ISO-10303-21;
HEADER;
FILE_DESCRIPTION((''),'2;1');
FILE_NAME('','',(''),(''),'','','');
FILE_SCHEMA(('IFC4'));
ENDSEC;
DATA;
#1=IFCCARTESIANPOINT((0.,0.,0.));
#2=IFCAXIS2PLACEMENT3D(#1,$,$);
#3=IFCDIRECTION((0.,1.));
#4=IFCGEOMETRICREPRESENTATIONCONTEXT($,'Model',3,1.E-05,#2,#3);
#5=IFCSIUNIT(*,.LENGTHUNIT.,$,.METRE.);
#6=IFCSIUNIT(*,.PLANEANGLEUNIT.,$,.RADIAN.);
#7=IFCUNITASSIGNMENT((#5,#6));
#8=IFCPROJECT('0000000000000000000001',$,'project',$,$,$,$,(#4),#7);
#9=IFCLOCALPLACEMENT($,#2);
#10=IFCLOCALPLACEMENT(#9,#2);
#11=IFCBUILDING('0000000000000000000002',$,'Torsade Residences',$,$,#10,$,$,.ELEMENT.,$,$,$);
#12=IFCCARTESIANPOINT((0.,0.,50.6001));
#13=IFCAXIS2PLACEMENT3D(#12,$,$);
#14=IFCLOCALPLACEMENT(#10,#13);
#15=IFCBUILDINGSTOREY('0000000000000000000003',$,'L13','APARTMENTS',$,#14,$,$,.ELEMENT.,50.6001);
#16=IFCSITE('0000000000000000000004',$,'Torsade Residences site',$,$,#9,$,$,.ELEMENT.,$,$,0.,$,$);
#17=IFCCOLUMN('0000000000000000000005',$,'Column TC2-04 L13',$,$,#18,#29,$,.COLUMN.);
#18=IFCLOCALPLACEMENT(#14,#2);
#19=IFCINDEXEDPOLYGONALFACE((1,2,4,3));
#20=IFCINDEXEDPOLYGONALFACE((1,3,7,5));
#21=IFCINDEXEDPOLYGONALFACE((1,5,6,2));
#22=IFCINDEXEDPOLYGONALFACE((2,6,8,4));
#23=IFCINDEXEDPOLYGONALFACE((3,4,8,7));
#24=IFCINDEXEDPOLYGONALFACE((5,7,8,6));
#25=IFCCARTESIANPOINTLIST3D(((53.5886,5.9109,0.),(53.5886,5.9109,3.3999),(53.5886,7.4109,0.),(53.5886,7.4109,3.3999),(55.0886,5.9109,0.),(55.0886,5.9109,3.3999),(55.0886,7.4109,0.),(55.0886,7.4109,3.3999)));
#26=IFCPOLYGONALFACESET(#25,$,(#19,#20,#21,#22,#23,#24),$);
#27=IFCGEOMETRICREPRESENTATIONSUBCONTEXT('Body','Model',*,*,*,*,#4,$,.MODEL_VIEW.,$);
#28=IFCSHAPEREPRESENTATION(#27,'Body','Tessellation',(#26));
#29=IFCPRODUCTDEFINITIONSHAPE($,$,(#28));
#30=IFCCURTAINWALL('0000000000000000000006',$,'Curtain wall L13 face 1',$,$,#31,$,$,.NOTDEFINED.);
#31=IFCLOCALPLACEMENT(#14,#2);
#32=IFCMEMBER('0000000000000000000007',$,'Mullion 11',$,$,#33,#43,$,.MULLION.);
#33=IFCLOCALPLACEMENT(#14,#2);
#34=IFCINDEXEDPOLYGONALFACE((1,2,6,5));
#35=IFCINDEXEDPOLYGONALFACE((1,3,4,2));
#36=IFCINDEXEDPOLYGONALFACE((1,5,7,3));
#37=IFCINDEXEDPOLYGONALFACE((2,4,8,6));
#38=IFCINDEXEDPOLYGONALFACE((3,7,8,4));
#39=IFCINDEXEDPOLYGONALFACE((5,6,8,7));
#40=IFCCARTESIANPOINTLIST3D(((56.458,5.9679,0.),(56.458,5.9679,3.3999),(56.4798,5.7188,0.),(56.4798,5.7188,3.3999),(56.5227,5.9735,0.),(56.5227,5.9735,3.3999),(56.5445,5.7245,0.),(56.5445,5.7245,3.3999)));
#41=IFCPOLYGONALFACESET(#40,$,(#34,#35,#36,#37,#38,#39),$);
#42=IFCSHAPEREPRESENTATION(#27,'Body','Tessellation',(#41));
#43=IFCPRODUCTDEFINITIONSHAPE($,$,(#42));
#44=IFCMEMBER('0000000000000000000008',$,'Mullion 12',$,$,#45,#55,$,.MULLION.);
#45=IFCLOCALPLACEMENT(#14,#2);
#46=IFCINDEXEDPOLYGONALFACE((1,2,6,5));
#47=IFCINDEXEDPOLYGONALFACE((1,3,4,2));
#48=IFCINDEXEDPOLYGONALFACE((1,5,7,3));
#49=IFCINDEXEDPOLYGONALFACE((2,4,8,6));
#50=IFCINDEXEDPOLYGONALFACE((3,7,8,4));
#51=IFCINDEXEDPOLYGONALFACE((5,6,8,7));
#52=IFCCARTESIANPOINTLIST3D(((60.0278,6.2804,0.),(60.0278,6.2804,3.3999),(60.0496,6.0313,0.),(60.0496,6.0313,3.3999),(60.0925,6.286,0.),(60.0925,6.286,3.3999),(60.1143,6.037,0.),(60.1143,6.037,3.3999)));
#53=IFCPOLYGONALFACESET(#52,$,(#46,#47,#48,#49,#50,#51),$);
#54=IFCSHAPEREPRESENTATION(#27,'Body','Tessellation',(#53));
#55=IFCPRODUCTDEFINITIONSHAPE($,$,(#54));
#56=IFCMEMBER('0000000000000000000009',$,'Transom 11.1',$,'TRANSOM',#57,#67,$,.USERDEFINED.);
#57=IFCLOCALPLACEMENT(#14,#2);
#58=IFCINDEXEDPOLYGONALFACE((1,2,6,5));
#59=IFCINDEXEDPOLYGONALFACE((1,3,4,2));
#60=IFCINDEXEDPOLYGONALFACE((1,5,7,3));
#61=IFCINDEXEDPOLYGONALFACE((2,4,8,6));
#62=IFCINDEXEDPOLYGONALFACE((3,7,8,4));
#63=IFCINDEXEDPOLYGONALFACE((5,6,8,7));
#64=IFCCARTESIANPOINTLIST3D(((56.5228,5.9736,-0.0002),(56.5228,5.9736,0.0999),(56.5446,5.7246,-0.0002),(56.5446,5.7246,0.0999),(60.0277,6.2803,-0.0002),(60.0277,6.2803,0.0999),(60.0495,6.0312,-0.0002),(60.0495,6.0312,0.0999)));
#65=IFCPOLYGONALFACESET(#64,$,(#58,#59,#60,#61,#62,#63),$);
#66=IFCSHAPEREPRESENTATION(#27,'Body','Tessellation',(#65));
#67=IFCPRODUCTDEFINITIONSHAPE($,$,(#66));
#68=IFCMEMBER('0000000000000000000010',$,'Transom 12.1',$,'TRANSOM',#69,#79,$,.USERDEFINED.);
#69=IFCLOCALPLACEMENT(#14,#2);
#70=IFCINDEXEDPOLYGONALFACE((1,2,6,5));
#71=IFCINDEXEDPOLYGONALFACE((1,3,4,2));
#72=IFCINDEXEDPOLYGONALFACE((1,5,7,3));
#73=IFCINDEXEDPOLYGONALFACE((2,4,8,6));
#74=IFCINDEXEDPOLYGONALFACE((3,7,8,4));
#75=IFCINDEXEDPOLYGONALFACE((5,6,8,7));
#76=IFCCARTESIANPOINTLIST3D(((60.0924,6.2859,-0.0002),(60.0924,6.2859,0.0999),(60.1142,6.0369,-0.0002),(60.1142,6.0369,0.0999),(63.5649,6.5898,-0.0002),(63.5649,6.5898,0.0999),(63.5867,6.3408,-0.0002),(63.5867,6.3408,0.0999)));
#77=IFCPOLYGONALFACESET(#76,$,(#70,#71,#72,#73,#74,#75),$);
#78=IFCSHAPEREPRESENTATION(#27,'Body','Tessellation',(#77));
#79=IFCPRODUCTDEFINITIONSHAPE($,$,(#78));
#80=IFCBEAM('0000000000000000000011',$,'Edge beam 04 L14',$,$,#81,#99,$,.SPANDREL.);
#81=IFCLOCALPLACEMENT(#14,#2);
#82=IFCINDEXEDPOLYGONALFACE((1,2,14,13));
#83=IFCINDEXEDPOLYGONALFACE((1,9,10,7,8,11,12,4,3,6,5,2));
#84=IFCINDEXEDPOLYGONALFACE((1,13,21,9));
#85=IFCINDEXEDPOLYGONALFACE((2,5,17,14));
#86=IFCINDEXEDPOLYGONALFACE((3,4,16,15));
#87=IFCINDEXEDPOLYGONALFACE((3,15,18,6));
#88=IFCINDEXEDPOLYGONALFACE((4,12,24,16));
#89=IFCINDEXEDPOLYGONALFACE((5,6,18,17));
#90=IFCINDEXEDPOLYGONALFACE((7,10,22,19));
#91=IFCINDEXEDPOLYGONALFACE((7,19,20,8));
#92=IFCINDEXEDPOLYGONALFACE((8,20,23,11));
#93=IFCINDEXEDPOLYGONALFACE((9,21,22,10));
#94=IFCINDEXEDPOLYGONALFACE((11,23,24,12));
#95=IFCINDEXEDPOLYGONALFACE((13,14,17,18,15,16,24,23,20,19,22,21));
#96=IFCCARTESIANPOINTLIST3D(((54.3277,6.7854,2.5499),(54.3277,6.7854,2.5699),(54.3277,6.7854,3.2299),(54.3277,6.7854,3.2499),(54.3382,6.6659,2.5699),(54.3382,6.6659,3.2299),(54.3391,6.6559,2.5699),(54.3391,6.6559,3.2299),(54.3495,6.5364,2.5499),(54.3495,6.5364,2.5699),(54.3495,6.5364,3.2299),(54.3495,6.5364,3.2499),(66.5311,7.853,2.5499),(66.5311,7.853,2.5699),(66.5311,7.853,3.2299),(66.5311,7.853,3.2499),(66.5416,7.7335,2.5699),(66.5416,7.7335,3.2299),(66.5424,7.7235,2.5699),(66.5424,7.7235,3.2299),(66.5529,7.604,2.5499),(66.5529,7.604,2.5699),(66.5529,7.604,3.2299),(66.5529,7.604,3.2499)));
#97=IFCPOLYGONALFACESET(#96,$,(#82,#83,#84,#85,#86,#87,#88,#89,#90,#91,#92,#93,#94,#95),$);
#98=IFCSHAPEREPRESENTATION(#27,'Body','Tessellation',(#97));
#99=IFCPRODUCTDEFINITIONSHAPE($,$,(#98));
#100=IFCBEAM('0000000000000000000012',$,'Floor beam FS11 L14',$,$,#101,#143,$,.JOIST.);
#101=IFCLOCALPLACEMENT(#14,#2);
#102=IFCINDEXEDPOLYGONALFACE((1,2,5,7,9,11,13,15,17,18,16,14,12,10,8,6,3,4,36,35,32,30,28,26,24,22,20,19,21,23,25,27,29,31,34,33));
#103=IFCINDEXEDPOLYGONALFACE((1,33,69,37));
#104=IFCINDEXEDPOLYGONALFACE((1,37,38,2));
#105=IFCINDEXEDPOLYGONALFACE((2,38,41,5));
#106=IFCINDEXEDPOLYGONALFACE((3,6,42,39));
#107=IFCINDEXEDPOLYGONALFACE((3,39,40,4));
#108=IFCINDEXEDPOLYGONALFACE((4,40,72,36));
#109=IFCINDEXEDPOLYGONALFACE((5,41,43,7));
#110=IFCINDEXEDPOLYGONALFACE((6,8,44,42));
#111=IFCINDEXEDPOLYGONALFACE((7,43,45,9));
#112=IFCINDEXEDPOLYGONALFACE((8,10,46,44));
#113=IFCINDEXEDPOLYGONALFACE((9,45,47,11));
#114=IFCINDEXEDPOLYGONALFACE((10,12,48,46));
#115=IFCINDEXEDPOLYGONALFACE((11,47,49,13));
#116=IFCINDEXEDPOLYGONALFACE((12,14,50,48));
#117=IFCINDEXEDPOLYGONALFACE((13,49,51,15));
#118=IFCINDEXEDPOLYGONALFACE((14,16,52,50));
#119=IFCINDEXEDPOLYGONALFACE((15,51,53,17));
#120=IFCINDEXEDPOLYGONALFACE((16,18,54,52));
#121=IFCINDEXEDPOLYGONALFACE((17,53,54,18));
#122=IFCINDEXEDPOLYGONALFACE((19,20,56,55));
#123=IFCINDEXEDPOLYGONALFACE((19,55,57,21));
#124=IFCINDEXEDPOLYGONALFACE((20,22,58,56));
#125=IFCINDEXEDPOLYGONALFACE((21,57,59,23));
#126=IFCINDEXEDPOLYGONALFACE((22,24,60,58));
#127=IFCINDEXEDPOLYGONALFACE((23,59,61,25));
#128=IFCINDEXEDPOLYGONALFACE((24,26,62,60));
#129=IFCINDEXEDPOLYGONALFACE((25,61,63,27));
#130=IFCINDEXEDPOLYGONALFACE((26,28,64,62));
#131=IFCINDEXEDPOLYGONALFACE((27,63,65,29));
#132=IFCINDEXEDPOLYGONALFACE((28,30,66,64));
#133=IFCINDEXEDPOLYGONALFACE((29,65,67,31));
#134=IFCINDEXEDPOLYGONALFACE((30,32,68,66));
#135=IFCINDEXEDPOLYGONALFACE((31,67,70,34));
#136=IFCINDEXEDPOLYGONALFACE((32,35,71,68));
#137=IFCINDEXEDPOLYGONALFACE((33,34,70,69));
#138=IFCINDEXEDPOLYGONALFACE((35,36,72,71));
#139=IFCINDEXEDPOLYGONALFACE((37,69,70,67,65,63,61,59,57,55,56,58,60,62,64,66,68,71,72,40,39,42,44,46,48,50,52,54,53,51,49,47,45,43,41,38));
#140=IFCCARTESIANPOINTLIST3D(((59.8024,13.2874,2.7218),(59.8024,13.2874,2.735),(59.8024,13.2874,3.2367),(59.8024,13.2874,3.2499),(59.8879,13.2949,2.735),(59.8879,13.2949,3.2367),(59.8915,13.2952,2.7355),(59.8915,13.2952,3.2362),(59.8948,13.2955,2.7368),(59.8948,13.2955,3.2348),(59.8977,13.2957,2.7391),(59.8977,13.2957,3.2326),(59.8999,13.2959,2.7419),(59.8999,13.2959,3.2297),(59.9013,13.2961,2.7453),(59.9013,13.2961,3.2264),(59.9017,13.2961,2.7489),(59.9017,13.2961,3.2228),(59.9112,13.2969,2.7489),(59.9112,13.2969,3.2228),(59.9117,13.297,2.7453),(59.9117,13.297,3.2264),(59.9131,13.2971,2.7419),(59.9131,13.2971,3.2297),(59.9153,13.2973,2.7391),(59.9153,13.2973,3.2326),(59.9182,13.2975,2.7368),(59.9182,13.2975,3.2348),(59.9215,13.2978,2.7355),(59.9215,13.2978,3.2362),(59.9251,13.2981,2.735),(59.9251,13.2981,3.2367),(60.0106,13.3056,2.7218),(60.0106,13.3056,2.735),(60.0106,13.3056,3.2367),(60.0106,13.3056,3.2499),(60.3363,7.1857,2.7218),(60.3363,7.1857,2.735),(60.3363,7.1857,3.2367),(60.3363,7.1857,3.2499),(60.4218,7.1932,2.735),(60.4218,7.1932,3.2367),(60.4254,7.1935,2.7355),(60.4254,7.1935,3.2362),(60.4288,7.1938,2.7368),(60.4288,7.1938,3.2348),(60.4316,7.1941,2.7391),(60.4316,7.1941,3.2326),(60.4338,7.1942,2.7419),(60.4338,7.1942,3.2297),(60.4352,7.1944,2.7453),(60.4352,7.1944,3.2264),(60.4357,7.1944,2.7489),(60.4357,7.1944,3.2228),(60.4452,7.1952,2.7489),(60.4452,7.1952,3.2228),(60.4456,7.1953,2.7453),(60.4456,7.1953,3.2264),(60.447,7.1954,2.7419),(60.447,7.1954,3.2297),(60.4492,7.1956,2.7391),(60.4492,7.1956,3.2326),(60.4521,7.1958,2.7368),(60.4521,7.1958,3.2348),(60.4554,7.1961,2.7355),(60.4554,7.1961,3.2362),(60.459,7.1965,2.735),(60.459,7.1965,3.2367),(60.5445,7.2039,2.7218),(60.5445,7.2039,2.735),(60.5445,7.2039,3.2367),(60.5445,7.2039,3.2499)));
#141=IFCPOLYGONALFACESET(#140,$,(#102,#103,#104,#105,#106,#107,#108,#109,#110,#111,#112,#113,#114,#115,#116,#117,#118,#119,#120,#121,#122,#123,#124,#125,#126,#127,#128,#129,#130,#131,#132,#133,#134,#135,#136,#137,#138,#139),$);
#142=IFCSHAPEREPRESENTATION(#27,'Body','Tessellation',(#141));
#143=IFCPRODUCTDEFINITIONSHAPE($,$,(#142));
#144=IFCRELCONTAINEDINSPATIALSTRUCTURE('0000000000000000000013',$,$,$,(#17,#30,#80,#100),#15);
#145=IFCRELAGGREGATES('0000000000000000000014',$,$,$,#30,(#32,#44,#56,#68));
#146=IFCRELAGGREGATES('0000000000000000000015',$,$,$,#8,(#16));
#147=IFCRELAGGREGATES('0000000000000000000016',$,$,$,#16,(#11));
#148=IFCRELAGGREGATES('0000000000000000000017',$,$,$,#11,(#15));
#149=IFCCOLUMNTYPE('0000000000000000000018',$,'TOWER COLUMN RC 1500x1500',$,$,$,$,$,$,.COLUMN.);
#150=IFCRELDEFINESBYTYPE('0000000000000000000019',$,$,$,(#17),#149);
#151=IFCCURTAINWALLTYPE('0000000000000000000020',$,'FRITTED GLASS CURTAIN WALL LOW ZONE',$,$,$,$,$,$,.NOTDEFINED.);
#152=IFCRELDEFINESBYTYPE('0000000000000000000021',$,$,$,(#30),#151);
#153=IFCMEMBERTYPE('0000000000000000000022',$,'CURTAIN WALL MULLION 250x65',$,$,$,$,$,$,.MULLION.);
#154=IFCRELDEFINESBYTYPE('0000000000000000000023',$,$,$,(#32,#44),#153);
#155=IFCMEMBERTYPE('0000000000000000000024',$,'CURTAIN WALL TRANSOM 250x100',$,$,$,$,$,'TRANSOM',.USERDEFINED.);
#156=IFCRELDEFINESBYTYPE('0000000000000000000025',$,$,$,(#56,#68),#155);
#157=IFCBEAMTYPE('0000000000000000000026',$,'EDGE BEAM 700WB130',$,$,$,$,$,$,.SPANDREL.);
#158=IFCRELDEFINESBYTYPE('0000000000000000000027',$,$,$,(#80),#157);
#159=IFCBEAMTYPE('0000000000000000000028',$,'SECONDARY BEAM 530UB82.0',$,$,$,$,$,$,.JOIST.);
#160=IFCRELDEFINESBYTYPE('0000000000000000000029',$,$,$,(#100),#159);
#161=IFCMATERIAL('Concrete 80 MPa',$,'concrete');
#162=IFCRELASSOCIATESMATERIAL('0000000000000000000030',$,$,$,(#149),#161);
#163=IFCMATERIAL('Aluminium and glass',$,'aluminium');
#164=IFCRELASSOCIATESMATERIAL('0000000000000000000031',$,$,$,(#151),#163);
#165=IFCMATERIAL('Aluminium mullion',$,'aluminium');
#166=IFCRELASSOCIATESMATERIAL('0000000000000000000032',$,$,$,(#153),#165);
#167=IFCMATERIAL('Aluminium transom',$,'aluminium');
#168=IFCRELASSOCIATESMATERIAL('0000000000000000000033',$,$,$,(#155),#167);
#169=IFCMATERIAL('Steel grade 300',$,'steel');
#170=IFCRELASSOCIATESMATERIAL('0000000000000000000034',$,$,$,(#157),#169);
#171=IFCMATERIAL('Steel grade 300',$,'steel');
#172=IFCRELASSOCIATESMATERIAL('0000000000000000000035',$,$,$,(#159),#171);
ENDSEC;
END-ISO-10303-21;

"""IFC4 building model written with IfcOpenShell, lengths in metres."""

from ifc_helpers import new_model, si_unit, direction, frame, origin, origin_2d, place, context, subcontext, project, spatial, rectangle, i_section, extrude, material, material_profile, profile_set, type_object, element, aggregate, save


model = new_model("IFC4")

# Units and contexts
model_context = context("Model", 3, precision=1e-05, world=origin(), true_north=direction((0.0, 1.0)))
body_context = subcontext(model_context, "Body", "Model", "MODEL_VIEW")
ifc_project = project(units=[si_unit("LENGTHUNIT", "METRE"), si_unit("PLANEANGLEUNIT", "RADIAN")], contexts=[model_context])

# Site, building, storey
site_placement = place(None, origin())
site = spatial("IfcSite", under=ifc_project, at=site_placement, Name="Torsade Residences site", CompositionType="ELEMENT", RefElevation=0.0)
building_placement = place(site_placement, origin())
building = spatial("IfcBuilding", under=site, at=building_placement, Name="Torsade Residences", CompositionType="ELEMENT")
storey_placement = place(building_placement, frame((0.0, 0.0, 50.6001)))
storey = spatial("IfcBuildingStorey", under=building, at=storey_placement, Name="L13", Description="APARTMENTS", CompositionType="ELEMENT", Elevation=50.6001)

# Column
ifc_material_1 = material(Name="Concrete 80 MPa", Category="concrete")
ifc_material_profile_1 = material_profile(ifc_material_1, rectangle(XDim=1.5, YDim=1.5, at=origin_2d()), Name="RC 1500x1500")
ifc_profile_set_1 = profile_set([ifc_material_profile_1], Name="Concrete 80 MPa")
column_type = type_object("IfcColumnType", Name="TOWER COLUMN RC 1500x1500", PredefinedType="COLUMN", material=ifc_profile_set_1)
column_placement = place(storey_placement, frame((54.3386, 6.6609, 0.0), z_axis=(0.0, 0.0, 1.0), x_axis=(1.0, 0.0, 0.0)))
element("IfcColumn", 1, at=column_placement, inside=storey, type_object=column_type, Name="Column TC2-04 L13", PredefinedType="COLUMN", context=body_context, shape_type="SweptSolid", body=[
    extrude(rectangle(XDim=1.5, YDim=1.5, at=origin_2d()), origin(), (0.0, 0.0, 1.0), 3.3999),
])

# Curtain wall, members
ifc_material_2 = material(Name="Aluminium and glass", Category="aluminium")
curtain_wall_type = type_object("IfcCurtainWallType", Name="FRITTED GLASS CURTAIN WALL LOW ZONE", PredefinedType="NOTDEFINED", material=ifc_material_2)
curtain_wall_placement = place(storey_placement, origin())
curtain_wall = element("IfcCurtainWall", 2, at=curtain_wall_placement, inside=storey, type_object=curtain_wall_type, Name="Curtain wall L13 face 1", PredefinedType="NOTDEFINED")
ifc_material_3 = material(Name="Aluminium mullion", Category="aluminium")
ifc_material_profile_2 = material_profile(ifc_material_3, rectangle(XDim=0.25, YDim=0.0649, at=origin_2d()), Name="CURTAIN WALL MULLION 250x65")
ifc_profile_set_2 = profile_set([ifc_material_profile_2], Name="Aluminium mullion")
member_type_1 = type_object("IfcMemberType", Name="CURTAIN WALL MULLION 250x65", PredefinedType="MULLION", material=ifc_profile_set_2)
member_1_placement = place(storey_placement, frame((56.5012, 5.8462, 0.0), z_axis=(0.0, 0.0, 1.0), x_axis=(-0.087156, 0.996195, 0.0)))
member_1 = element("IfcMember", 3, at=member_1_placement, type_object=member_type_1, Name="Mullion 11", PredefinedType="MULLION", context=body_context, shape_type="SweptSolid", body=[
    extrude(rectangle(XDim=0.25, YDim=0.0649, at=origin_2d()), origin(), (0.0, 0.0, 1.0), 3.3999),
])
member_2_placement = place(storey_placement, frame((60.071, 6.1587, 0.0), z_axis=(0.0, 0.0, 1.0), x_axis=(-0.087156, 0.996195, 0.0)))
member_2 = element("IfcMember", 4, at=member_2_placement, type_object=member_type_1, Name="Mullion 12", PredefinedType="MULLION", context=body_context, shape_type="SweptSolid", body=[
    extrude(rectangle(XDim=0.25, YDim=0.0649, at=origin_2d()), origin(), (0.0, 0.0, 1.0), 3.3999),
])
ifc_material_4 = material(Name="Aluminium transom", Category="aluminium")
ifc_material_profile_3 = material_profile(ifc_material_4, rectangle(XDim=0.25, YDim=0.1001, at=origin_2d()), Name="CURTAIN WALL TRANSOM 250x100")
ifc_profile_set_3 = profile_set([ifc_material_profile_3], Name="Aluminium transom")
member_type_2 = type_object("IfcMemberType", Name="CURTAIN WALL TRANSOM 250x100", ElementType="TRANSOM", PredefinedType="USERDEFINED", material=ifc_profile_set_3)
member_3_placement = place(storey_placement, frame((56.5337, 5.8491, 0.0498), z_axis=(0.996195, 0.087157, 0.0), x_axis=(-0.087157, 0.996195, 0.0)))
member_3 = element("IfcMember", 5, at=member_3_placement, type_object=member_type_2, Name="Transom 11.1", ObjectType="TRANSOM", PredefinedType="USERDEFINED", context=body_context, shape_type="SweptSolid", body=[
    extrude(rectangle(XDim=0.25, YDim=0.1001, at=origin_2d()), origin(), (0.0, 0.0, 1.0), 3.5183),
])
member_4_placement = place(storey_placement, frame((60.1033, 6.1614, 0.0498), z_axis=(0.996191, 0.087195, 0.0), x_axis=(-0.087195, 0.996191, 0.0)))
member_4 = element("IfcMember", 6, at=member_4_placement, type_object=member_type_2, Name="Transom 12.1", ObjectType="TRANSOM", PredefinedType="USERDEFINED", context=body_context, shape_type="SweptSolid", body=[
    extrude(rectangle(XDim=0.25, YDim=0.1001, at=origin_2d()), origin(), (0.0, 0.0, 1.0), 3.4858),
])

# Beams
ifc_material_5 = material(Name="Steel grade 300", Category="steel")
ifc_material_profile_4 = material_profile(ifc_material_5, i_section(OverallWidth=0.25, OverallDepth=0.7, WebThickness=0.01, FlangeThickness=0.02, at=origin_2d()), Name="700WB130")
ifc_profile_set_4 = profile_set([ifc_material_profile_4], Name="Steel grade 300")
beam_type_1 = type_object("IfcBeamType", Name="EDGE BEAM 700WB130", PredefinedType="SPANDREL", material=ifc_profile_set_4)
beam_1_placement = place(storey_placement, frame((54.3386, 6.6609, 2.8999), z_axis=(0.996195, 0.087153, 0.0), x_axis=(-0.087153, 0.996195, 0.0)))
element("IfcBeam", 7, at=beam_1_placement, inside=storey, type_object=beam_type_1, Name="Edge beam 04 L14", PredefinedType="SPANDREL", context=body_context, shape_type="SweptSolid", body=[
    extrude(i_section(OverallWidth=0.25, OverallDepth=0.7, WebThickness=0.01, FlangeThickness=0.02, at=origin_2d()), origin(), (0.0, 0.0, 1.0), 12.25),
])
ifc_material_6 = material(Name="Steel grade 300", Category="steel")
ifc_material_profile_5 = material_profile(ifc_material_6, i_section(OverallWidth=0.209, OverallDepth=0.5281, WebThickness=0.0095, FlangeThickness=0.0132, FilletRadius=0.0139, at=origin_2d()), Name="530UB82.0")
ifc_profile_set_5 = profile_set([ifc_material_profile_5], Name="Steel grade 300")
beam_type_2 = type_object("IfcBeamType", Name="SECONDARY BEAM 530UB82.0", PredefinedType="JOIST", material=ifc_profile_set_5)
beam_2_placement = place(storey_placement, frame((60.4404, 7.1948, 2.9858), z_axis=(-0.087175, 0.996193, 0.0), x_axis=(-0.996193, -0.087175, 0.0)))
element("IfcBeam", 8, at=beam_2_placement, inside=storey, type_object=beam_type_2, Name="Floor beam FS11 L14", PredefinedType="JOIST", context=body_context, shape_type="SweptSolid", body=[
    extrude(i_section(OverallWidth=0.209, OverallDepth=0.5281, WebThickness=0.0095, FlangeThickness=0.0132, FilletRadius=0.0139, at=origin_2d()), origin(), (0.0, 0.0, 1.0), 6.125),
])

aggregate(curtain_wall, [member_1, member_2, member_3, member_4])

save(model, "model.ifc")
